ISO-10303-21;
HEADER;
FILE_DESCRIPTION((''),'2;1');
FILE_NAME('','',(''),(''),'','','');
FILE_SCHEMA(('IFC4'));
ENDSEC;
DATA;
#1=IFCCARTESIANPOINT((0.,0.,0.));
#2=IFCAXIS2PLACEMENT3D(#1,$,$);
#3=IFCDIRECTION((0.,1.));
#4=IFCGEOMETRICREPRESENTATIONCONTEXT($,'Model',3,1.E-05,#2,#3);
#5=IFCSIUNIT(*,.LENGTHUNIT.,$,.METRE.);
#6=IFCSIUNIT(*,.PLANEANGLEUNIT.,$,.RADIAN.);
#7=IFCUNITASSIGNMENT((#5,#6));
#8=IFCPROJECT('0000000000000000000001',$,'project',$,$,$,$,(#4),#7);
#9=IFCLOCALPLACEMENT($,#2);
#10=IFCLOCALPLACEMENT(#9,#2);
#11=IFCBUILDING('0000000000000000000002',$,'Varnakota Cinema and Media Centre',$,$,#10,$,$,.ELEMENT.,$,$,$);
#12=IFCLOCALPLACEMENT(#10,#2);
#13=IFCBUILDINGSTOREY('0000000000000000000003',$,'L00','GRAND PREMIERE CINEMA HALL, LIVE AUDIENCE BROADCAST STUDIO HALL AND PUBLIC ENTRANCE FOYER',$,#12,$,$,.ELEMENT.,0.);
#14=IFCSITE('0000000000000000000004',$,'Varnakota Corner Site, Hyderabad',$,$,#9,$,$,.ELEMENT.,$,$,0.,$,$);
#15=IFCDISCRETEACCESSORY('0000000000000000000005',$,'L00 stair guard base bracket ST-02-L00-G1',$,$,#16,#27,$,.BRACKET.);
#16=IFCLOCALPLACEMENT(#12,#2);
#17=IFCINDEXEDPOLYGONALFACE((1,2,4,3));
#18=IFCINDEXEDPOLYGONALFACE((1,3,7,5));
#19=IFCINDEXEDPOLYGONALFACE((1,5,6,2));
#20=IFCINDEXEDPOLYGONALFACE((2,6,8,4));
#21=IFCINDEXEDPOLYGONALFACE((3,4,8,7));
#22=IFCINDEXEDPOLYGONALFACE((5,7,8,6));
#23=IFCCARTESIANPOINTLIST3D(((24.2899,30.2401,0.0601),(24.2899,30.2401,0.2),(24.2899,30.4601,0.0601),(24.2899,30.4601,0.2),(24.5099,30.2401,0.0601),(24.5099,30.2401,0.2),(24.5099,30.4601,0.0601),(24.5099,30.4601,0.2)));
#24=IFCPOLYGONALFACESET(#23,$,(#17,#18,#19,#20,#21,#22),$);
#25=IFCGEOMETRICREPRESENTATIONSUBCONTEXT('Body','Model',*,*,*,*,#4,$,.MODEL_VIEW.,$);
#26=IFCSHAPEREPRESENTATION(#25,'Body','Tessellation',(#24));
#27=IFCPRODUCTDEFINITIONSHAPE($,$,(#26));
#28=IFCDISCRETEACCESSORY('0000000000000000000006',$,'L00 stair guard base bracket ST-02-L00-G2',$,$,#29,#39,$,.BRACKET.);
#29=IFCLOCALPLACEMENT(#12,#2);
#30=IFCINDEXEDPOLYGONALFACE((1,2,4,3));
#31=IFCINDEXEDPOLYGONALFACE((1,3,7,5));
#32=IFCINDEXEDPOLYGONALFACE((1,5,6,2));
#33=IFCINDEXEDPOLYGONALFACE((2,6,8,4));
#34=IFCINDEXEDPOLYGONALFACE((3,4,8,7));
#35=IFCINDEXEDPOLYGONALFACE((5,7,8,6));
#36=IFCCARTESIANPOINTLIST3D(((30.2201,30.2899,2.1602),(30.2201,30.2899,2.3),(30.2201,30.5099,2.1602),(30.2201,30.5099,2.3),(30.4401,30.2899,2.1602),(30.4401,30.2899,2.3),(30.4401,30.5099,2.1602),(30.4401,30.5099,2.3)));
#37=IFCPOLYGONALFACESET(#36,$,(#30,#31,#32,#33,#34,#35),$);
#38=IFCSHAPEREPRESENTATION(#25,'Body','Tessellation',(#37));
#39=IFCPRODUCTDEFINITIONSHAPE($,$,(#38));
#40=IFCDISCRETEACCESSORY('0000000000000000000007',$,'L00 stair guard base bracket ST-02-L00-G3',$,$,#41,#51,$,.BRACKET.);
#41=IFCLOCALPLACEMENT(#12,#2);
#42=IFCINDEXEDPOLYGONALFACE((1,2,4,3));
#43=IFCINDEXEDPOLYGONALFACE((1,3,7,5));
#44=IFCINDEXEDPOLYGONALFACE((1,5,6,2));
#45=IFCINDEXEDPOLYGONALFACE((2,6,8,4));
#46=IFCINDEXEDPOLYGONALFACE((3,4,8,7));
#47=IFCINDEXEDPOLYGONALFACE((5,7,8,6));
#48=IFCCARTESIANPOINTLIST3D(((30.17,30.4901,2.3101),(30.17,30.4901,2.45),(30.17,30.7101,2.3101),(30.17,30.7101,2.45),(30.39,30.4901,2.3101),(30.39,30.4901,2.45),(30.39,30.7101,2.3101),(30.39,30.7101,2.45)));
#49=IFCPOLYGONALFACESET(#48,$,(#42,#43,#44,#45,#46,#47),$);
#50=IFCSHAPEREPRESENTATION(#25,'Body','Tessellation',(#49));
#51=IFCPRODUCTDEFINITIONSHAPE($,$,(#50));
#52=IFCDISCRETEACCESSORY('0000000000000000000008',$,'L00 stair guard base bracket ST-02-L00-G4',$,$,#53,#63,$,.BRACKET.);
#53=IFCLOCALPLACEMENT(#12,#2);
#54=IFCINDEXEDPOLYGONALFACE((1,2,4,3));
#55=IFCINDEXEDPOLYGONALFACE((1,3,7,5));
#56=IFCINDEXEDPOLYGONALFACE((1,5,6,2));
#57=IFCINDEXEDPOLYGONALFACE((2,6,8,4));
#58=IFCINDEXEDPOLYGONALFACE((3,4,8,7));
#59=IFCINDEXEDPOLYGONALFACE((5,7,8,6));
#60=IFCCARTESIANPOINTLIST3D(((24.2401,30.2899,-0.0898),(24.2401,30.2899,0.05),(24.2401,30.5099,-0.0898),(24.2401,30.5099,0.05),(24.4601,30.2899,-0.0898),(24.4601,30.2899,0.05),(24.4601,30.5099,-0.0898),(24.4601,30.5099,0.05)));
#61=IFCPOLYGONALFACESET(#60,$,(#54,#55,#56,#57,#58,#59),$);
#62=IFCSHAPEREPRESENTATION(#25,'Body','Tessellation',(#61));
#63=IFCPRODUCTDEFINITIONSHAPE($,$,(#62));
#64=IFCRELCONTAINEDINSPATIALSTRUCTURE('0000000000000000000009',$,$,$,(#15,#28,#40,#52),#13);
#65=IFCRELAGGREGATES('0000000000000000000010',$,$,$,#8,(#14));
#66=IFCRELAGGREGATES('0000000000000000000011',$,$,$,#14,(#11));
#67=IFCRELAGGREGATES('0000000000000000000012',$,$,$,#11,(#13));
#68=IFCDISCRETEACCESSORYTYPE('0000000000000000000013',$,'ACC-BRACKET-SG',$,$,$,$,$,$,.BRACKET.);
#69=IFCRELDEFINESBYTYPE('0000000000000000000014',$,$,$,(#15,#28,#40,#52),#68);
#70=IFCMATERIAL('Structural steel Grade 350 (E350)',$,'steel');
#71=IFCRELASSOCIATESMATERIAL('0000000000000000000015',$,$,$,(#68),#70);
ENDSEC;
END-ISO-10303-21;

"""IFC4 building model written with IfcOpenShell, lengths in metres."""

from ifc_helpers import new_model, si_unit, direction, frame, origin, origin_2d, place, context, subcontext, project, spatial, rectangle, extrude, material, type_object, element, save


model = new_model("IFC4")

# Units and contexts
model_context = context("Model", 3, precision=1e-05, world=origin(), true_north=direction((0.0, 1.0)))
body_context = subcontext(model_context, "Body", "Model", "MODEL_VIEW")
ifc_project = project(units=[si_unit("LENGTHUNIT", "METRE"), si_unit("PLANEANGLEUNIT", "RADIAN")], contexts=[model_context])

# Site, building, storey
site_placement = place(None, origin())
site = spatial("IfcSite", under=ifc_project, at=site_placement, Name="Varnakota Corner Site, Hyderabad", CompositionType="ELEMENT", RefElevation=0.0)
building_placement = place(site_placement, origin())
building = spatial("IfcBuilding", under=site, at=building_placement, Name="Varnakota Cinema and Media Centre", CompositionType="ELEMENT")
storey_placement = place(building_placement, origin())
storey = spatial("IfcBuildingStorey", under=building, at=storey_placement, Name="L00", Description="GRAND PREMIERE CINEMA HALL, LIVE AUDIENCE BROADCAST STUDIO HALL AND PUBLIC ENTRANCE FOYER", CompositionType="ELEMENT", Elevation=0.0)

# Discrete accessories
ifc_material_1 = material(Name="Structural steel Grade 350 (E350)", Category="steel")
discrete_accessory_type = type_object("IfcDiscreteAccessoryType", Name="ACC-BRACKET-SG", PredefinedType="BRACKET", material=ifc_material_1)
for number, where, z_axis, x_axis, name in (
    (1, (24.3999, 30.3501, 0.0601), (0.0, 0.0, 1.0), (1.0, 0.0, 0.0), "L00 stair guard base bracket ST-02-L00-G1"),
    (2, (30.3301, 30.3999, 2.1602), (0.0, 0.0, 1.0), (1.0, 0.0, 0.0), "L00 stair guard base bracket ST-02-L00-G2"),
    (3, (30.28, 30.6001, 2.3101), (0.0, 0.0, 1.0), (1.0, 0.0, 0.0), "L00 stair guard base bracket ST-02-L00-G3"),
    (4, (24.3501, 30.3999, -0.0898), (0.0, 0.0, 1.0), (1.0, 0.0, 0.0), "L00 stair guard base bracket ST-02-L00-G4"),
):
    element("IfcDiscreteAccessory", number, at=place(storey_placement, frame(where, z_axis=z_axis, x_axis=x_axis)), inside=storey, type_object=discrete_accessory_type, Name=name, PredefinedType="BRACKET", context=body_context, shape_type="SweptSolid", body=[
        extrude(rectangle(XDim=0.22, YDim=0.22, at=origin_2d()), origin(), (0.0, 0.0, 1.0), 0.1399),
    ])

save(model, "model.ifc")
